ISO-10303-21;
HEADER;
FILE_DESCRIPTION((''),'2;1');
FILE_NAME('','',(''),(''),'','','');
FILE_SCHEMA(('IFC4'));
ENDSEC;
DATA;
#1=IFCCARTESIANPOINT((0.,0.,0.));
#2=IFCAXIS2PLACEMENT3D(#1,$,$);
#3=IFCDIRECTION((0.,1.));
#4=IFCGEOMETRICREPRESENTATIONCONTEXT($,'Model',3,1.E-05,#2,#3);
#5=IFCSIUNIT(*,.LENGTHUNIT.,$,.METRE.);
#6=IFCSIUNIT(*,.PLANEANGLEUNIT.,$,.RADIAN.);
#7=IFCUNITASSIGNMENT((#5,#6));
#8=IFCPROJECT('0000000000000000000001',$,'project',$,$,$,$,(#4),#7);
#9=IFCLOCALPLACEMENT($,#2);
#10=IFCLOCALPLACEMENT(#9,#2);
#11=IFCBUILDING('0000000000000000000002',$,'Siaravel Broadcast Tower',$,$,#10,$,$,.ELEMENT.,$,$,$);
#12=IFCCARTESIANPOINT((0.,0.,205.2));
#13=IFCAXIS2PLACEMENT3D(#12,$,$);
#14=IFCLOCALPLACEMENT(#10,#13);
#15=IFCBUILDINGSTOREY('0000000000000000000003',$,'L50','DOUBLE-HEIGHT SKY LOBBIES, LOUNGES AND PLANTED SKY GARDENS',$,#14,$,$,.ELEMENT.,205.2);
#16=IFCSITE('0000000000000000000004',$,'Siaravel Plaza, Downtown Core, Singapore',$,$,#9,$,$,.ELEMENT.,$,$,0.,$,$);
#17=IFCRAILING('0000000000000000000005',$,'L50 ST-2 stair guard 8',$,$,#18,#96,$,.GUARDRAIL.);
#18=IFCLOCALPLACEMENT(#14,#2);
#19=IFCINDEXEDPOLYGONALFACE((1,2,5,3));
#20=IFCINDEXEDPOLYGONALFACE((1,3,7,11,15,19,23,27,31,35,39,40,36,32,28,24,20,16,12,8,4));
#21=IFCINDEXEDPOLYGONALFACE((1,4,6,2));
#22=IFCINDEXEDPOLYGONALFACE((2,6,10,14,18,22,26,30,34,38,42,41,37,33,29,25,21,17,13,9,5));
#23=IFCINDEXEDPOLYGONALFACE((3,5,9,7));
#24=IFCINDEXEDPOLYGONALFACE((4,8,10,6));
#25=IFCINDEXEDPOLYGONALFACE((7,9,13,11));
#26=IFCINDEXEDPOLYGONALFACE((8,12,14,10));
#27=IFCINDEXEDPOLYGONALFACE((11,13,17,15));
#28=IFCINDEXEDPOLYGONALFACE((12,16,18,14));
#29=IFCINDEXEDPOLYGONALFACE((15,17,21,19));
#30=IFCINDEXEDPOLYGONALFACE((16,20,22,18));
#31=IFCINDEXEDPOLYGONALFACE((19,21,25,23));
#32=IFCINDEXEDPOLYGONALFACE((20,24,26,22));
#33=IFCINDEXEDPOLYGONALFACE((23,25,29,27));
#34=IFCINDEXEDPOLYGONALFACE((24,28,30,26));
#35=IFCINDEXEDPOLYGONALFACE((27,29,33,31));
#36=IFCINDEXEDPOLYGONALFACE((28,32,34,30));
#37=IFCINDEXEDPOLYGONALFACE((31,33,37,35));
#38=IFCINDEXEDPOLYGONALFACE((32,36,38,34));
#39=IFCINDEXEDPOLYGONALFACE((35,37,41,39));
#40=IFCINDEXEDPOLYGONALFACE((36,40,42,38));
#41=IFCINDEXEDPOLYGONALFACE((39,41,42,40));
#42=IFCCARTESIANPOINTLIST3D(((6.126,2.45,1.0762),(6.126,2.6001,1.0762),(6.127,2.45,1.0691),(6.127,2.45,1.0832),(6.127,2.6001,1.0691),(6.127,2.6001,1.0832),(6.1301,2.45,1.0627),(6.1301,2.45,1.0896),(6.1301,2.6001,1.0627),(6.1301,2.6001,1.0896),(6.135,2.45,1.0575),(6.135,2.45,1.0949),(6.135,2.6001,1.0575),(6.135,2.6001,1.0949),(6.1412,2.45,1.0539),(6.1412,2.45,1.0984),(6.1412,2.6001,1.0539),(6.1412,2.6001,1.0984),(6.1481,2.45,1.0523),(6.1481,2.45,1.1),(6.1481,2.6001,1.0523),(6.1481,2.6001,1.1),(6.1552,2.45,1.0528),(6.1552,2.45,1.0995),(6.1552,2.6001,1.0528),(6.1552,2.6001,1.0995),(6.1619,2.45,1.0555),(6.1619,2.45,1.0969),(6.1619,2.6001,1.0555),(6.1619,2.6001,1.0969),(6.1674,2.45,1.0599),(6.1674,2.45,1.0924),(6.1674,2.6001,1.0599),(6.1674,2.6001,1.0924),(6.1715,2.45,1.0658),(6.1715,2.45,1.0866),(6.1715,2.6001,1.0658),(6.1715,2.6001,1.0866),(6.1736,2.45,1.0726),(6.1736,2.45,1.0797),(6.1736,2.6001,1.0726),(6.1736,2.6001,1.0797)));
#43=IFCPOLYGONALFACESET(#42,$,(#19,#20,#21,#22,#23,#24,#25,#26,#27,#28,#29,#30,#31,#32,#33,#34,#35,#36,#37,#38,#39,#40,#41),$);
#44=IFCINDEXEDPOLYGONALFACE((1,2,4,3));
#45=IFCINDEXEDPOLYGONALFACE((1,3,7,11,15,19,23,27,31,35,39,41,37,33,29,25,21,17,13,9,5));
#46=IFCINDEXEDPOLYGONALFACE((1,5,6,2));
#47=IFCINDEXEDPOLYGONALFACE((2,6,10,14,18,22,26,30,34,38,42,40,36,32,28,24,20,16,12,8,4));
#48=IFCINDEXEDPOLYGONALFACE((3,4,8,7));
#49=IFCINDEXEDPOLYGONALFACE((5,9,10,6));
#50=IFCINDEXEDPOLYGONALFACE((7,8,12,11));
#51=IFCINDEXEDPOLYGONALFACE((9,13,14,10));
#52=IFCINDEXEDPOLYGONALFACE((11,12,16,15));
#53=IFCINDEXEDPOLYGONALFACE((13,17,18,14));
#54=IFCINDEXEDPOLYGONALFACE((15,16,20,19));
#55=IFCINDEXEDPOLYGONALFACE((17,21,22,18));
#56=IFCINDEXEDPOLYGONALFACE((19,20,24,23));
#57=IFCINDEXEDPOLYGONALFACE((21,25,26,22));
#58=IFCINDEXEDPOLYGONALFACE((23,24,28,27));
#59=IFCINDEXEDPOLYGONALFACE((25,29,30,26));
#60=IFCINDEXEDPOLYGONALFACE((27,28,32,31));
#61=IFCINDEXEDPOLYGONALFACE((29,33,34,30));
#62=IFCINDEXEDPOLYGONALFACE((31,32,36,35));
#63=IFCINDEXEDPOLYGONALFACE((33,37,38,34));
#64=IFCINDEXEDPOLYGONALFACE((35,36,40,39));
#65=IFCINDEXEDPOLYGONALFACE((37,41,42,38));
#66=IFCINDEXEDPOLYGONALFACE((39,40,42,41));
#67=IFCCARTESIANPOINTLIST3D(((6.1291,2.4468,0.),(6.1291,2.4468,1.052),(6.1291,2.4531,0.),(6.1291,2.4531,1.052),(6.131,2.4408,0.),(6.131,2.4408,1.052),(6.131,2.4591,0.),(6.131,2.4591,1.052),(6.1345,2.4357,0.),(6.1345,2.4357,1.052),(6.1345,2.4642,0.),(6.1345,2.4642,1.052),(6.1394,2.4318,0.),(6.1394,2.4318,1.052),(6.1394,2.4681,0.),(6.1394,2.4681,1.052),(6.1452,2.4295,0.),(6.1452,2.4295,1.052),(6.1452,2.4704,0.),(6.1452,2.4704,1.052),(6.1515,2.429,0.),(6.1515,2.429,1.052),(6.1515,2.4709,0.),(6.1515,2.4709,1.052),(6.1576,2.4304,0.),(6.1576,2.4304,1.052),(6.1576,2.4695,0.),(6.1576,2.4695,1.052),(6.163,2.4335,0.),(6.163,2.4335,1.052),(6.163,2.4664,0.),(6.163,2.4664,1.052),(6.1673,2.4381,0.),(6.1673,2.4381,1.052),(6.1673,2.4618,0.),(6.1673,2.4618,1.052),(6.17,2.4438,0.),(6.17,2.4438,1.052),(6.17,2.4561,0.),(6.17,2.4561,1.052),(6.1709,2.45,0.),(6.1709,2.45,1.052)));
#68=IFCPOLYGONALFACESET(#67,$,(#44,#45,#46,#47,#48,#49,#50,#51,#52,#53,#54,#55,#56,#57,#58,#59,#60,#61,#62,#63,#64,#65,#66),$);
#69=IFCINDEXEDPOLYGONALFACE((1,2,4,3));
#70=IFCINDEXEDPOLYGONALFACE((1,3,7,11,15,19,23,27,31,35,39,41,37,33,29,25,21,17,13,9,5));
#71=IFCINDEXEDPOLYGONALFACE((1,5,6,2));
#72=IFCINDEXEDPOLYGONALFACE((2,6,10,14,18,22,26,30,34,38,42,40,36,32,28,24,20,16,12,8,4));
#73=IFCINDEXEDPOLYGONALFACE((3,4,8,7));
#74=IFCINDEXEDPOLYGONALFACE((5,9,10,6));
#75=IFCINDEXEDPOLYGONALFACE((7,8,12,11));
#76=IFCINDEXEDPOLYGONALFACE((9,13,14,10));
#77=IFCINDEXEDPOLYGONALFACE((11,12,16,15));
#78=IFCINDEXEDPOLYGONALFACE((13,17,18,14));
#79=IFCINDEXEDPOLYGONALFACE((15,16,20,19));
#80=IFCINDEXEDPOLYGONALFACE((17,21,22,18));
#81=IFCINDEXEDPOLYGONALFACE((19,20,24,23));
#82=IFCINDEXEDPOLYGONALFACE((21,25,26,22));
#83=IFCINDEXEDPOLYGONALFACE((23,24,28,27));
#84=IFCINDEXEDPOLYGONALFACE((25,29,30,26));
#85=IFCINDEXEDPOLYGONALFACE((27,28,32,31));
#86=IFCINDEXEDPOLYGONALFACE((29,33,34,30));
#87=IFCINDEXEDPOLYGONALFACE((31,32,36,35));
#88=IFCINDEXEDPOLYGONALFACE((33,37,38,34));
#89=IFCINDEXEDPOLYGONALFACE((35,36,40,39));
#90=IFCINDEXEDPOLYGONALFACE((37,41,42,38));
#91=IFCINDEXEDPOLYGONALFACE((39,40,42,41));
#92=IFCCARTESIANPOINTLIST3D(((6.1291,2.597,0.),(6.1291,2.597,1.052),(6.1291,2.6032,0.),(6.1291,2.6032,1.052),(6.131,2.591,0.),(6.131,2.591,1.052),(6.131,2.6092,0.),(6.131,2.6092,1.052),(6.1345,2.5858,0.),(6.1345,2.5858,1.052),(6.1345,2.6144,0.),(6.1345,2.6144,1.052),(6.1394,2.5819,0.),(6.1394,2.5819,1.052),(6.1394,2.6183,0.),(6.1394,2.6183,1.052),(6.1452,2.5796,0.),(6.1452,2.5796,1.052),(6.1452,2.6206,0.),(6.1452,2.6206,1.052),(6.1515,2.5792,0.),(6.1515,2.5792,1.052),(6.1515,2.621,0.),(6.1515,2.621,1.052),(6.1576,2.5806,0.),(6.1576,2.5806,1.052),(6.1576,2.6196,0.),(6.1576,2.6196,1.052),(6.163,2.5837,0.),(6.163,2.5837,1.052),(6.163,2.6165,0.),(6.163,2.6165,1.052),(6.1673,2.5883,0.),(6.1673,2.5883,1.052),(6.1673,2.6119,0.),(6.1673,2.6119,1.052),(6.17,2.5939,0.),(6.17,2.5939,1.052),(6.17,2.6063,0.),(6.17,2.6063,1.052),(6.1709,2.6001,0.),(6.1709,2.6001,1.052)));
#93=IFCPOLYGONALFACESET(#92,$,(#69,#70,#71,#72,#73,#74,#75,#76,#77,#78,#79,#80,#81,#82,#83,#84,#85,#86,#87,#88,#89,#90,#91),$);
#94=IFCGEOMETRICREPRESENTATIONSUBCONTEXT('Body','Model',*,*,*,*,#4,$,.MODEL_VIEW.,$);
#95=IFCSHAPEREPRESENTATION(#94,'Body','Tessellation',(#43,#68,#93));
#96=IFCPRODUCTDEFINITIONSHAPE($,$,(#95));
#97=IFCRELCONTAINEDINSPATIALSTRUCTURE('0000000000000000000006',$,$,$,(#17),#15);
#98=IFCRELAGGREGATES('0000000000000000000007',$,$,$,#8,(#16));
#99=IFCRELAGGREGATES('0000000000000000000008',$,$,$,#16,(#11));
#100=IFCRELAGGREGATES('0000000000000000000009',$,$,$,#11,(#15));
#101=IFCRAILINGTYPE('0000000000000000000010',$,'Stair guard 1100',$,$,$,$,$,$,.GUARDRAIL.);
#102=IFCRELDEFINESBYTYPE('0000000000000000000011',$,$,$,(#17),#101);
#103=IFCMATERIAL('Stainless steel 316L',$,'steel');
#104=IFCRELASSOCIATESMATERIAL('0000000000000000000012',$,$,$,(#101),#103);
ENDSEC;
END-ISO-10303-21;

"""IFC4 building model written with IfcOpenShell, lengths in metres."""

from ifc_helpers import new_model, si_unit, direction, frame, origin, origin_2d, place, context, subcontext, project, spatial, circle, extrude, material, type_object, element, save


model = new_model("IFC4")

# Units and contexts
model_context = context("Model", 3, precision=1e-05, world=origin(), true_north=direction((0.0, 1.0)))
body_context = subcontext(model_context, "Body", "Model", "MODEL_VIEW")
ifc_project = project(units=[si_unit("LENGTHUNIT", "METRE"), si_unit("PLANEANGLEUNIT", "RADIAN")], contexts=[model_context])

# Site, building, storey
site_placement = place(None, origin())
site = spatial("IfcSite", under=ifc_project, at=site_placement, Name="Siaravel Plaza, Downtown Core, Singapore", CompositionType="ELEMENT", RefElevation=0.0)
building_placement = place(site_placement, origin())
building = spatial("IfcBuilding", under=site, at=building_placement, Name="Siaravel Broadcast Tower", CompositionType="ELEMENT")
storey_placement = place(building_placement, frame((0.0, 0.0, 205.2)))
storey = spatial("IfcBuildingStorey", under=building, at=storey_placement, Name="L50", Description="DOUBLE-HEIGHT SKY LOBBIES, LOUNGES AND PLANTED SKY GARDENS", CompositionType="ELEMENT", Elevation=205.2)

# Railing
ifc_material_1 = material(Name="Stainless steel 316L", Category="steel")
railing_type_1 = type_object("IfcRailingType", Name="Stair guard 1100", PredefinedType="GUARDRAIL", material=ifc_material_1)
railing_1_placement = place(storey_placement, frame((6.1499, 2.45, 0.0)))
element("IfcRailing", 1, at=railing_1_placement, inside=storey, type_object=railing_type_1, Name="L50 ST-2 stair guard 8", PredefinedType="GUARDRAIL", context=body_context, shape_type="SweptSolid", body=[
    extrude(circle(Radius=0.0239, at=origin_2d()), frame((0.0, 0.0, 1.0762), z_axis=(0.0, 1.0, 0.0), x_axis=(-1.0, 0.0, 0.0)), (0.0, 0.0, 1.0), 0.1501),
    extrude(circle(Radius=0.021, at=origin_2d()), origin(), (0.0, 0.0, 1.0), 1.052),
    extrude(circle(Radius=0.021, at=origin_2d()), frame((0.0, 0.1501, 0.0)), (0.0, 0.0, 1.0), 1.052),
])

save(model, "model.ifc")
